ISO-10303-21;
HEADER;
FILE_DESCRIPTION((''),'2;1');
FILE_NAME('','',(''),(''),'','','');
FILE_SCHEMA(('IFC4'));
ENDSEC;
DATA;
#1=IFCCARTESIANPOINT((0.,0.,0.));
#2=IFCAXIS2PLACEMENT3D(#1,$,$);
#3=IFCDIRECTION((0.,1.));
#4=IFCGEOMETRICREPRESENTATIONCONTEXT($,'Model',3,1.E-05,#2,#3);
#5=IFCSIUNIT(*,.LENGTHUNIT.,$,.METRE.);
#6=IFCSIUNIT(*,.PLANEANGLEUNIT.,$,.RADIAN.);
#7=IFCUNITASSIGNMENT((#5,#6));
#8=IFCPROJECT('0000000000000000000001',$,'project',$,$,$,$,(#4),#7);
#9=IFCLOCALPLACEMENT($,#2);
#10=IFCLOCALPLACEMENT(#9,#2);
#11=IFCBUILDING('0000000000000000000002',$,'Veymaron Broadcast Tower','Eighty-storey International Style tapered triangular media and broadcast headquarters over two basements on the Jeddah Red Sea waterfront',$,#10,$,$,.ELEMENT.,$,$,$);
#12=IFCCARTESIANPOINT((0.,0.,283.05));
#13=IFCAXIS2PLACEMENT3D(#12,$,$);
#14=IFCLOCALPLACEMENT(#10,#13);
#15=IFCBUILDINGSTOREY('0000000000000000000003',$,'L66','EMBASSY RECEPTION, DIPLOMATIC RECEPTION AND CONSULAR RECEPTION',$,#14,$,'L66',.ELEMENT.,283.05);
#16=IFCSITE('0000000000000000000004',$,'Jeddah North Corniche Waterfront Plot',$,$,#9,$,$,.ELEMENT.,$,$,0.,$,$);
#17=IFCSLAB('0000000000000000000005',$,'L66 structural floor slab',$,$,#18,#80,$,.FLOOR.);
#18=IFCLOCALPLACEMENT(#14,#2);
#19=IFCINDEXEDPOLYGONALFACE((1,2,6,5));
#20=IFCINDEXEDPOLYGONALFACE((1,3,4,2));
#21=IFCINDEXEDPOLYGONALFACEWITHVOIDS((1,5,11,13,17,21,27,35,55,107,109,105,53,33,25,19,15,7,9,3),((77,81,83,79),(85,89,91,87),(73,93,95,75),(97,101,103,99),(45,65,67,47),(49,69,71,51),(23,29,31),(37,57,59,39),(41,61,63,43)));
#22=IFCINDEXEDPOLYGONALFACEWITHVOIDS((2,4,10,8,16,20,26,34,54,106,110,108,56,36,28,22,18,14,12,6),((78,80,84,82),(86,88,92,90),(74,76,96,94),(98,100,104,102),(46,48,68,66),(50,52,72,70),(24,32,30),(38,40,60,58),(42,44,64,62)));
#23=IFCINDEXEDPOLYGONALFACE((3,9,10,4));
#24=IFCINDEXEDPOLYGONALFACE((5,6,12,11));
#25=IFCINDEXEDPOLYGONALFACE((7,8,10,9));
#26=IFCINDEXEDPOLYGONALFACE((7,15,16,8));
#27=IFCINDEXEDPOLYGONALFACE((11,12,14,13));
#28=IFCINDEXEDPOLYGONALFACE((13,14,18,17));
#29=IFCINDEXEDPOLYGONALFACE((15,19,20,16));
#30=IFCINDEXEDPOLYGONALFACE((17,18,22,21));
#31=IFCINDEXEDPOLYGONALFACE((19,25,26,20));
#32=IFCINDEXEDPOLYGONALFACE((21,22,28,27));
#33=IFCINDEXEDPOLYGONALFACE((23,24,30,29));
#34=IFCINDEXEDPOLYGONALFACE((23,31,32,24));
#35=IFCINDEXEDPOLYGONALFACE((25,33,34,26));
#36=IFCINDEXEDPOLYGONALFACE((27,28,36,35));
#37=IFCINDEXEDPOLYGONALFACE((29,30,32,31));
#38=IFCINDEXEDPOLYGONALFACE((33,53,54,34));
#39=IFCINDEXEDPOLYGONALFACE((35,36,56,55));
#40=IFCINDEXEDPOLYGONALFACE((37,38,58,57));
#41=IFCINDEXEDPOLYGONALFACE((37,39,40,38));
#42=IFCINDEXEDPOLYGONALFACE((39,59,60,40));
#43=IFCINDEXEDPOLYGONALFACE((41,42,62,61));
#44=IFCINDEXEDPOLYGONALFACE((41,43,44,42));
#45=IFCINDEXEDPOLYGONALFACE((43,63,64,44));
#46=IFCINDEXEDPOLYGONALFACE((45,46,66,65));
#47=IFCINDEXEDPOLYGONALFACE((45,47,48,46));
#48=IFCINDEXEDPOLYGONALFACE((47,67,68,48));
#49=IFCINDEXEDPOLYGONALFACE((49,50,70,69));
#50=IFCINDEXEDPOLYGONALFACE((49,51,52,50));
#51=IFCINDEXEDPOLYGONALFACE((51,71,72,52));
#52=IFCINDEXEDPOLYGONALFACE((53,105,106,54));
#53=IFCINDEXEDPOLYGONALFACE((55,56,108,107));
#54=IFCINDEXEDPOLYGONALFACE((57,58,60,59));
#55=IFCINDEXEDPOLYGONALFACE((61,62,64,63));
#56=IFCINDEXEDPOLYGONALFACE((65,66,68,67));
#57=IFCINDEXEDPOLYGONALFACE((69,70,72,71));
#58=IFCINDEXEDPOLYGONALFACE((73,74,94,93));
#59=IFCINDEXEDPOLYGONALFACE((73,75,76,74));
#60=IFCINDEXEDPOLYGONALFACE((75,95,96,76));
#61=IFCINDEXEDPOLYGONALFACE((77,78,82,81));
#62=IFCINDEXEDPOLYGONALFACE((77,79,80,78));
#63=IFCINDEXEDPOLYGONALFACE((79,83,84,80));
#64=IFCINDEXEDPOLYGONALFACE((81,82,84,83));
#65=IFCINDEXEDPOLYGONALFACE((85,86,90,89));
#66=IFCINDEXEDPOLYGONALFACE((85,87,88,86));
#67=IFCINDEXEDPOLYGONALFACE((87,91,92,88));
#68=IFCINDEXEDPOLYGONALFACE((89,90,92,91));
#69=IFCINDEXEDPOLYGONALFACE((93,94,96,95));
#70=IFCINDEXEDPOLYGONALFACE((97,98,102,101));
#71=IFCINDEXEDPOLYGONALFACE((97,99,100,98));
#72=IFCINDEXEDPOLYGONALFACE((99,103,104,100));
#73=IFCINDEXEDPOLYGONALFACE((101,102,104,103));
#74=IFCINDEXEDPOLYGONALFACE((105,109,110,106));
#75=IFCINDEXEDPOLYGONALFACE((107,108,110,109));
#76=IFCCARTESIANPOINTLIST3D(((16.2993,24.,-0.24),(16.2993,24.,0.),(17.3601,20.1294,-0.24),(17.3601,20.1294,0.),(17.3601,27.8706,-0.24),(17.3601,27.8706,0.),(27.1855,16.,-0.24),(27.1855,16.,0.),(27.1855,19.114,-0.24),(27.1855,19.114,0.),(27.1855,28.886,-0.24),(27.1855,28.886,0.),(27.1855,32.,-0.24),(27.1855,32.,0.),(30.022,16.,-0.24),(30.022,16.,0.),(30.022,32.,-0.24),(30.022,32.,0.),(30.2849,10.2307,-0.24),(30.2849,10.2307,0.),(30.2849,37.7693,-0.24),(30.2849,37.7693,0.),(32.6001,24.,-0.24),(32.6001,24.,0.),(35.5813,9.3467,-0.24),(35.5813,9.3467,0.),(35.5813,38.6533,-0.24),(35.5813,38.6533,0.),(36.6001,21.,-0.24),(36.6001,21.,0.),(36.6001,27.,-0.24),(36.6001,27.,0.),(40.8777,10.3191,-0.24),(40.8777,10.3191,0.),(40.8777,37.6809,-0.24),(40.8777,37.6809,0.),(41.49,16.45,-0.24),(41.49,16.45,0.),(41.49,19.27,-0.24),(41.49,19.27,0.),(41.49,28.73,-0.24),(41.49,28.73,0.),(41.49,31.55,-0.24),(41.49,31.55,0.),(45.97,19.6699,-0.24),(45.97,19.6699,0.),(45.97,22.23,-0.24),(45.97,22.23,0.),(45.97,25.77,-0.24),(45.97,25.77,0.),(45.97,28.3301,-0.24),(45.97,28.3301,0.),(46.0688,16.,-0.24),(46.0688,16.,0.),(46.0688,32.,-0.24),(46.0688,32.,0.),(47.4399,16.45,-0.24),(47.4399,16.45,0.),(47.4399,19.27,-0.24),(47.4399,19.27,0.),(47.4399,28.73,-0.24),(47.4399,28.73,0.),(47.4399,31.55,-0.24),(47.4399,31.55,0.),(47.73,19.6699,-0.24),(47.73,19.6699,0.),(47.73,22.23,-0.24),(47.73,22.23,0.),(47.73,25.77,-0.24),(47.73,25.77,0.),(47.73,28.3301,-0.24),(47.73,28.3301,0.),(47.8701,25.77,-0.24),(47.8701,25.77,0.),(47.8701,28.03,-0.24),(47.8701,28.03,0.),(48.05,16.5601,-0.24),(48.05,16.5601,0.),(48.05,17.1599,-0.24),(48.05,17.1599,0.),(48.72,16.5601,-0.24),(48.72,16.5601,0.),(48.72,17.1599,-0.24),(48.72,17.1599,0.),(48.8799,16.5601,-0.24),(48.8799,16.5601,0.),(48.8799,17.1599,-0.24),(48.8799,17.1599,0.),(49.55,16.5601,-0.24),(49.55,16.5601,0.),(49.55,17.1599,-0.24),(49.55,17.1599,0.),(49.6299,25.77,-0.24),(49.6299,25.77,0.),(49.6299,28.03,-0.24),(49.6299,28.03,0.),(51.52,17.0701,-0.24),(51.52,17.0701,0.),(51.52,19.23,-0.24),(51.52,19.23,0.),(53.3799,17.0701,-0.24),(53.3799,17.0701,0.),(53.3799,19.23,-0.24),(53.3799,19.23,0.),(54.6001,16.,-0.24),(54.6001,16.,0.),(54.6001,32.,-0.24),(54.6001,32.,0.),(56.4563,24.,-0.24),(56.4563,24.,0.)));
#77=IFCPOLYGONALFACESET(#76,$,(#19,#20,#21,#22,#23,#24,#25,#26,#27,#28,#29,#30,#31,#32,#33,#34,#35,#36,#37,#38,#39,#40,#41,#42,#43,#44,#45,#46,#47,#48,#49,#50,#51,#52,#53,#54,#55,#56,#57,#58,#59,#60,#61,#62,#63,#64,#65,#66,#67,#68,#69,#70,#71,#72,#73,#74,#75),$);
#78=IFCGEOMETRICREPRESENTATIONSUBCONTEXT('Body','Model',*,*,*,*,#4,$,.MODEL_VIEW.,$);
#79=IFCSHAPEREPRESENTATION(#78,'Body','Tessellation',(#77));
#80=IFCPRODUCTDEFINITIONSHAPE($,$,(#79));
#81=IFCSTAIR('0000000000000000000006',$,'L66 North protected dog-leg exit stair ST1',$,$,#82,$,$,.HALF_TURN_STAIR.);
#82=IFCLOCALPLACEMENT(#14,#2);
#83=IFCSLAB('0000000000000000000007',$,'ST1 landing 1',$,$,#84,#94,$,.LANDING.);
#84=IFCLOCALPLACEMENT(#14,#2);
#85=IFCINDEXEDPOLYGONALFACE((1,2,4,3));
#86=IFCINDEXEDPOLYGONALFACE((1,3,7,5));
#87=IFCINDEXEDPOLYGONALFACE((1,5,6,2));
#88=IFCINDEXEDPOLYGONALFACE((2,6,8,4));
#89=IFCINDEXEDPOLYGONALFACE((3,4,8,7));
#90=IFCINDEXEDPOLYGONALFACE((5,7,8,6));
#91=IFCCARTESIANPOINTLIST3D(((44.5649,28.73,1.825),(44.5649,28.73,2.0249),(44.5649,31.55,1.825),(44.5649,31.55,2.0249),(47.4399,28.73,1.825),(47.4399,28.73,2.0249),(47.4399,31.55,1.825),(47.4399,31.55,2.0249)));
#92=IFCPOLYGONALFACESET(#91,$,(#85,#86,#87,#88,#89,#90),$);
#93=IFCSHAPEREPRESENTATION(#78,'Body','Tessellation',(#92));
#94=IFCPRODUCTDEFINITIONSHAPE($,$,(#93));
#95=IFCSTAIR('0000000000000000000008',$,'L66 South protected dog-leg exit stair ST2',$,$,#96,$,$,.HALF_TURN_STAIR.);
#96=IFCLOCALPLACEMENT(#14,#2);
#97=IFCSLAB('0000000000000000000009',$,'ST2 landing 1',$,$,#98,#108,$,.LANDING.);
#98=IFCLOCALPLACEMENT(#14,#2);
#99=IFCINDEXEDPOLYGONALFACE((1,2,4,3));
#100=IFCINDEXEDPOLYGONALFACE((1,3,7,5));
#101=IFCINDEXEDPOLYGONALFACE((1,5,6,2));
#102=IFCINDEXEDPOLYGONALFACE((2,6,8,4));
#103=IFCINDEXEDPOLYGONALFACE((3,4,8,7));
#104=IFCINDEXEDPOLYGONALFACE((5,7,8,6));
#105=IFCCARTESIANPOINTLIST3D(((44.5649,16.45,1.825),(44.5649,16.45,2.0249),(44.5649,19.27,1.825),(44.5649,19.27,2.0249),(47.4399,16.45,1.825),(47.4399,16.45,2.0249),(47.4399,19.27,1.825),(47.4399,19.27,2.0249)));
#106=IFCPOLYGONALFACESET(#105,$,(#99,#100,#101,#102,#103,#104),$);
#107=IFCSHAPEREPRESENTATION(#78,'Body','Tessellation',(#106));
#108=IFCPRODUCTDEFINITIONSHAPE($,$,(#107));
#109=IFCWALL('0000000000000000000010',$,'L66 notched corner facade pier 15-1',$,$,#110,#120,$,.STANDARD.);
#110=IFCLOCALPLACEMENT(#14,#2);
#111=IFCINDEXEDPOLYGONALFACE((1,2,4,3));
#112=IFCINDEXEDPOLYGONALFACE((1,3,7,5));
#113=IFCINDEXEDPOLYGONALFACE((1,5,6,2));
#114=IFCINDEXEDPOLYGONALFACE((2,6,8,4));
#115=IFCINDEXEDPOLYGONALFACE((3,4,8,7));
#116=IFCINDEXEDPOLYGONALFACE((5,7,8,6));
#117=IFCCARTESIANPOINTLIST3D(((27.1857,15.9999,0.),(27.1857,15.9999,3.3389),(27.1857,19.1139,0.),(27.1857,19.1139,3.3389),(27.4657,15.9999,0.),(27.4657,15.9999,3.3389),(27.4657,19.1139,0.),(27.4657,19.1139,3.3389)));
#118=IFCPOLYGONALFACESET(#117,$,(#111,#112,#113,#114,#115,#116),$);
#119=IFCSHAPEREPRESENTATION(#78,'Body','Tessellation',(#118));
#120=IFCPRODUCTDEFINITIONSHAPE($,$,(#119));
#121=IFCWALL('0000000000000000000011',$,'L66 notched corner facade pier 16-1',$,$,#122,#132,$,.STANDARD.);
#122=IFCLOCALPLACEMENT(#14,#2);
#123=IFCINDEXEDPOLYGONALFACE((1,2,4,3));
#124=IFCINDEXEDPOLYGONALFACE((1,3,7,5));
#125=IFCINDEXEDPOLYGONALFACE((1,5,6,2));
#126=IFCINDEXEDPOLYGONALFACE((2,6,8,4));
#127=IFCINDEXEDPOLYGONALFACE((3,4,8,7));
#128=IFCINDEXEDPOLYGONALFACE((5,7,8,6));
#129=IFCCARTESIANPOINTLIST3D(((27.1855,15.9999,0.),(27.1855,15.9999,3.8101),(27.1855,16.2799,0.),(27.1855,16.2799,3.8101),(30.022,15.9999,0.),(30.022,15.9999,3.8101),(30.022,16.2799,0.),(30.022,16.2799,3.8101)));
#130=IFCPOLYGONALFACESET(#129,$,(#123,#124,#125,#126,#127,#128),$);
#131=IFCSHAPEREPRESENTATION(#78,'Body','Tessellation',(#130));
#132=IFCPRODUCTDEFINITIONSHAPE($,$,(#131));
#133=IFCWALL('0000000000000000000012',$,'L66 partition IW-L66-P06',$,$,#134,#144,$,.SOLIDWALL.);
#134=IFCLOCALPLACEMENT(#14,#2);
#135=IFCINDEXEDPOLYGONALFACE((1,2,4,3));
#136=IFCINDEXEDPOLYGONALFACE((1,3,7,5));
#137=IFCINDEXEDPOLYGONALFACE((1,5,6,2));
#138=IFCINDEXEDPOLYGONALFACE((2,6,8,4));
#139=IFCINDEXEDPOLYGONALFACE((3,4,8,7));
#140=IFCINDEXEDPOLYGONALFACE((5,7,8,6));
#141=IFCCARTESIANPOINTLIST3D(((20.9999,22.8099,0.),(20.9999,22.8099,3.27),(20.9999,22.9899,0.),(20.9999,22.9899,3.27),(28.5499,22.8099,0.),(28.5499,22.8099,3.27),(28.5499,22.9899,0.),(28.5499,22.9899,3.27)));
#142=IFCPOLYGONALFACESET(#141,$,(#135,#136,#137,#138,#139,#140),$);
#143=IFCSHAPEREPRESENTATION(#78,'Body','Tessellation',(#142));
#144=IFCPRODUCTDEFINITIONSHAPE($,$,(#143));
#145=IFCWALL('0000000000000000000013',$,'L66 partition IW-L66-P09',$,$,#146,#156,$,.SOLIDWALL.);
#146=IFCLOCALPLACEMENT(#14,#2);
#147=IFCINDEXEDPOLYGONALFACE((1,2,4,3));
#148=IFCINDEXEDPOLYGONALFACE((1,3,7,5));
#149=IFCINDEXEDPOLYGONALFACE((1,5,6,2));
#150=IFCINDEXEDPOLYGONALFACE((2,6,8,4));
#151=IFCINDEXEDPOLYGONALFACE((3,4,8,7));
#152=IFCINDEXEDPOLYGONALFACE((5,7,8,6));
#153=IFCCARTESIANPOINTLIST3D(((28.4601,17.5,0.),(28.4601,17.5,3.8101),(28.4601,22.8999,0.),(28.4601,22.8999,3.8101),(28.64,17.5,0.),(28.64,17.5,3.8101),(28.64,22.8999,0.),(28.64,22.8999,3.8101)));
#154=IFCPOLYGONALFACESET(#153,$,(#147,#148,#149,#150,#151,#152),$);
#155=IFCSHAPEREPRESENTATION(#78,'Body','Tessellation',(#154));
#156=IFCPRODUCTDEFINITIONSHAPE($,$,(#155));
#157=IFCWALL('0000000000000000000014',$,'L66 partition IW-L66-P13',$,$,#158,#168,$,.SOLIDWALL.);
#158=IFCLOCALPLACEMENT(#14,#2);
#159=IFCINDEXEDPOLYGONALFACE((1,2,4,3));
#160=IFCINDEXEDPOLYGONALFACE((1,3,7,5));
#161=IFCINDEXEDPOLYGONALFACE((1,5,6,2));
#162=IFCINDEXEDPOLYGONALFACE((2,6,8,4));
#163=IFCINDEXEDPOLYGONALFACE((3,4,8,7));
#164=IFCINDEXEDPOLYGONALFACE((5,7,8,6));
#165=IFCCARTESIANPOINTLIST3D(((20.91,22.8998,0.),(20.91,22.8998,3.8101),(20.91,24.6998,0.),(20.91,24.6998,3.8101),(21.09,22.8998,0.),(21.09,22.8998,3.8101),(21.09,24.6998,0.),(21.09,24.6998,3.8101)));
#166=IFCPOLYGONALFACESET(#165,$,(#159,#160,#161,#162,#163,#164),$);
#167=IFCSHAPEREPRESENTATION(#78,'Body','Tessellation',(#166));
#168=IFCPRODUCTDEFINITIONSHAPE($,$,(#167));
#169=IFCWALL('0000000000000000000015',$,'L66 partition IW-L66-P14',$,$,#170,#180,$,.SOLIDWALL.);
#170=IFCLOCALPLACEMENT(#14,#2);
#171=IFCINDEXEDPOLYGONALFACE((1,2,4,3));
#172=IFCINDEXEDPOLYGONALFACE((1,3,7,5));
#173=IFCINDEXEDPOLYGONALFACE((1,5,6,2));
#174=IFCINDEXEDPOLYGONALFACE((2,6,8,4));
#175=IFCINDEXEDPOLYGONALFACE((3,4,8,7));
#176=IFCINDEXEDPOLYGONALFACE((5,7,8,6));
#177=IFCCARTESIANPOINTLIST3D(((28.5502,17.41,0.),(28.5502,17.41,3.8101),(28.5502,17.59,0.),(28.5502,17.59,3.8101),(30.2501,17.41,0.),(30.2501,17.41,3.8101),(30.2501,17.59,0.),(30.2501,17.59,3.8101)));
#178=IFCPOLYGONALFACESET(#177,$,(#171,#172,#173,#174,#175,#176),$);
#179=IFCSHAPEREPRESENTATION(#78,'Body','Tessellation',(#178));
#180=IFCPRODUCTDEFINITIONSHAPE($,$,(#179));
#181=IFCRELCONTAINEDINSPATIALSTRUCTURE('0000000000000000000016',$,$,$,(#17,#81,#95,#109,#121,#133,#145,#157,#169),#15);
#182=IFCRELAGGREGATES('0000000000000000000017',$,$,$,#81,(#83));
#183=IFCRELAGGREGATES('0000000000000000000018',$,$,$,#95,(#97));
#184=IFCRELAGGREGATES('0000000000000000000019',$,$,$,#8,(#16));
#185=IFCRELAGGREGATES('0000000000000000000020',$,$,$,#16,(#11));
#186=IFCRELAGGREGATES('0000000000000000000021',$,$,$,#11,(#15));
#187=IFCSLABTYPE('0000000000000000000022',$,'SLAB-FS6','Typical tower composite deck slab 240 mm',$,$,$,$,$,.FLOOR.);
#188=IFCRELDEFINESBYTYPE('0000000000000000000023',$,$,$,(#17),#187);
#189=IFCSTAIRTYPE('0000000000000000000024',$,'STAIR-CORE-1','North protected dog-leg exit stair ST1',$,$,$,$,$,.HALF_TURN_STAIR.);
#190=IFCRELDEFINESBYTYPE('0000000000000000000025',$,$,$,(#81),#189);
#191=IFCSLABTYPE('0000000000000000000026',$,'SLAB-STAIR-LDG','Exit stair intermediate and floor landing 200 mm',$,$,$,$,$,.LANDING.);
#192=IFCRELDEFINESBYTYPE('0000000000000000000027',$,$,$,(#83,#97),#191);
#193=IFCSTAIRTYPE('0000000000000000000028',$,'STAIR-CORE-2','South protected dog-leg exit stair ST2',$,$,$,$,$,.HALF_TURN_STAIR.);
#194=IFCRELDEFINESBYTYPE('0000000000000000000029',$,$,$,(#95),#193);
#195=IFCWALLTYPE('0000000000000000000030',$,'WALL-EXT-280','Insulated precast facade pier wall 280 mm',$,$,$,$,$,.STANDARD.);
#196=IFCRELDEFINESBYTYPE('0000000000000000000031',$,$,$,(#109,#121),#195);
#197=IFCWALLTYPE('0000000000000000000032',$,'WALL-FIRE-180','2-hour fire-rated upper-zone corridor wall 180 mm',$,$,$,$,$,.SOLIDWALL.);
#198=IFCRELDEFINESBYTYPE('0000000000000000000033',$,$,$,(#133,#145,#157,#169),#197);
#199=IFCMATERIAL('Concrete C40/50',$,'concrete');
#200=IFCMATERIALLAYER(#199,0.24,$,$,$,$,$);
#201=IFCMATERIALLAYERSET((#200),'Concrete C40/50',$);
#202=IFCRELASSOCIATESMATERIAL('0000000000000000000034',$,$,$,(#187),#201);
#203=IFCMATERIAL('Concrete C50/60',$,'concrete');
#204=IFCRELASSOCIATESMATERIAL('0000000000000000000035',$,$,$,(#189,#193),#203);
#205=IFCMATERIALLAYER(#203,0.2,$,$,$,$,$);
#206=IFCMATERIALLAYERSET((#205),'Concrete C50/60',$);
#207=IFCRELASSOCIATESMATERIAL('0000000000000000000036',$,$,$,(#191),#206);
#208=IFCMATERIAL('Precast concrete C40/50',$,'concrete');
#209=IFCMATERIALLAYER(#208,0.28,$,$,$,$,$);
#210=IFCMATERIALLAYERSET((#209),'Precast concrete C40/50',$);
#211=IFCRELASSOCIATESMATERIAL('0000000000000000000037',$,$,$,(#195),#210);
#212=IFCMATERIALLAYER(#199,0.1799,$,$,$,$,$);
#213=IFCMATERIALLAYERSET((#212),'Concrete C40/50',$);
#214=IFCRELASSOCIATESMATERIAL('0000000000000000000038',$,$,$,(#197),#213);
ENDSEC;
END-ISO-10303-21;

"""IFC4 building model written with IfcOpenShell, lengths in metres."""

from ifc_helpers import new_model, si_unit, direction, frame, frame_2d, origin, place, context, subcontext, project, spatial, polyline, rectangle, outline, extrude, material, layer, layer_set, type_object, element, aggregate, save


model = new_model("IFC4")

# Units and contexts
model_context = context("Model", 3, precision=1e-05, world=origin(), true_north=direction((0.0, 1.0)))
body_context = subcontext(model_context, "Body", "Model", "MODEL_VIEW")
ifc_project = project(units=[si_unit("LENGTHUNIT", "METRE"), si_unit("PLANEANGLEUNIT", "RADIAN")], contexts=[model_context])

# Site, building, storey
site_placement = place(None, origin())
site = spatial("IfcSite", under=ifc_project, at=site_placement, Name="Jeddah North Corniche Waterfront Plot", CompositionType="ELEMENT", RefElevation=0.0)
building_placement = place(site_placement, origin())
building = spatial("IfcBuilding", under=site, at=building_placement, Name="Veymaron Broadcast Tower", Description="Eighty-storey International Style tapered triangular media and broadcast headquarters over two basements on the Jeddah Red Sea waterfront", CompositionType="ELEMENT")
storey_placement = place(building_placement, frame((0.0, 0.0, 283.05)))
storey = spatial("IfcBuildingStorey", under=building, at=storey_placement, Name="L66", Description="EMBASSY RECEPTION, DIPLOMATIC RECEPTION AND CONSULAR RECEPTION", LongName="L66", CompositionType="ELEMENT", Elevation=283.05)

# Slab
ifc_material_1 = material(Name="Concrete C40/50", Category="concrete")
ifc_layer_1 = layer(ifc_material_1, 0.24)
ifc_layer_set_1 = layer_set([ifc_layer_1], Name="Concrete C40/50")
slab_type_1 = type_object("IfcSlabType", Name="SLAB-FS6", Description="Typical tower composite deck slab 240 mm", PredefinedType="FLOOR", material=ifc_layer_set_1)
slab_1_placement = place(storey_placement, frame((0.0, 0.0, -0.24)))
element("IfcSlab", 1, at=slab_1_placement, inside=storey, type_object=slab_type_1, Name="L66 structural floor slab", PredefinedType="FLOOR", context=body_context, shape_type="SweptSolid", body=[
    extrude(outline(polyline([(46.0688, 16.0), (54.6001, 16.0), (56.4563, 24.0), (54.6001, 32.0), (46.0688, 32.0), (40.8777, 37.6809), (35.5813, 38.6533), (30.2849, 37.7693), (30.022, 32.0), (27.1855, 32.0), (27.1855, 28.886), (17.3601, 27.8706), (16.2993, 24.0), (17.3601, 20.1294), (27.1855, 19.114), (27.1855, 16.0), (30.022, 16.0), (30.2849, 10.2307), (35.5813, 9.3467), (40.8777, 10.3191), (46.0688, 16.0)]), holes=[polyline([(45.97, 28.3301), (47.73, 28.3301), (47.73, 25.77), (45.97, 25.77), (45.97, 28.3301)]), polyline([(45.97, 22.23), (47.73, 22.23), (47.73, 19.6699), (45.97, 19.6699), (45.97, 22.23)]), polyline([(47.8701, 28.03), (49.6299, 28.03), (49.6299, 25.77), (47.8701, 25.77), (47.8701, 28.03)]), polyline([(51.52, 19.23), (53.3799, 19.23), (53.3799, 17.0701), (51.52, 17.0701), (51.52, 19.23)]), polyline([(48.05, 17.1599), (48.72, 17.1599), (48.72, 16.5601), (48.05, 16.5601), (48.05, 17.1599)]), polyline([(48.8799, 17.1599), (49.55, 17.1599), (49.55, 16.5601), (48.8799, 16.5601), (48.8799, 17.1599)]), polyline([(36.6001, 27.0), (36.6001, 21.0), (32.6001, 24.0), (36.6001, 27.0)]), polyline([(41.49, 31.55), (47.4399, 31.55), (47.4399, 28.73), (41.49, 28.73), (41.49, 31.55)]), polyline([(41.49, 19.27), (47.4399, 19.27), (47.4399, 16.45), (41.49, 16.45), (41.49, 19.27)])]), origin(), (0.0, 0.0, 1.0), 0.24),
])

# Stairs, slabs
ifc_material_2 = material(Name="Concrete C50/60", Category="concrete")
stair_type_1 = type_object("IfcStairType", Name="STAIR-CORE-1", Description="North protected dog-leg exit stair ST1", PredefinedType="HALF_TURN_STAIR", material=ifc_material_2)
stair_1_placement = place(storey_placement, origin())
stair_1 = element("IfcStair", 2, at=stair_1_placement, inside=storey, type_object=stair_type_1, Name="L66 North protected dog-leg exit stair ST1", PredefinedType="HALF_TURN_STAIR")
ifc_layer_2 = layer(ifc_material_2, 0.2)
ifc_layer_set_2 = layer_set([ifc_layer_2], Name="Concrete C50/60")
slab_type_2 = type_object("IfcSlabType", Name="SLAB-STAIR-LDG", Description="Exit stair intermediate and floor landing 200 mm", PredefinedType="LANDING", material=ifc_layer_set_2)
slab_2_placement = place(storey_placement, frame((0.0, 0.0, 1.825)))
slab_2 = element("IfcSlab", 3, at=slab_2_placement, type_object=slab_type_2, Name="ST1 landing 1", PredefinedType="LANDING", context=body_context, shape_type="SweptSolid", body=[
    extrude(outline(polyline([(44.5649, 28.73), (47.4399, 28.73), (47.4399, 31.55), (44.5649, 31.55), (44.5649, 28.73)])), origin(), (0.0, 0.0, 1.0), 0.2),
])
aggregate(stair_1, [slab_2])
stair_type_2 = type_object("IfcStairType", Name="STAIR-CORE-2", Description="South protected dog-leg exit stair ST2", PredefinedType="HALF_TURN_STAIR", material=ifc_material_2)
stair_2_placement = place(storey_placement, origin())
stair_2 = element("IfcStair", 4, at=stair_2_placement, inside=storey, type_object=stair_type_2, Name="L66 South protected dog-leg exit stair ST2", PredefinedType="HALF_TURN_STAIR")
slab_3_placement = place(storey_placement, frame((0.0, 0.0, 1.825)))
slab_3 = element("IfcSlab", 5, at=slab_3_placement, type_object=slab_type_2, Name="ST2 landing 1", PredefinedType="LANDING", context=body_context, shape_type="SweptSolid", body=[
    extrude(outline(polyline([(44.5649, 16.45), (47.4399, 16.45), (47.4399, 19.27), (44.5649, 19.27), (44.5649, 16.45)])), origin(), (0.0, 0.0, 1.0), 0.2),
])
aggregate(stair_2, [slab_3])

# Walls
ifc_material_3 = material(Name="Precast concrete C40/50", Category="concrete")
ifc_layer_3 = layer(ifc_material_3, 0.28)
ifc_layer_set_3 = layer_set([ifc_layer_3], Name="Precast concrete C40/50")
wall_type_1 = type_object("IfcWallType", Name="WALL-EXT-280", Description="Insulated precast facade pier wall 280 mm", PredefinedType="STANDARD", material=ifc_layer_set_3)
wall_1_placement = place(storey_placement, frame((27.3257, 19.114, 0.0), z_axis=(0.0, 0.0, 1.0), x_axis=(0.0, -1.0, 0.0)))
element("IfcWall", 6, at=wall_1_placement, inside=storey, type_object=wall_type_1, Name="L66 notched corner facade pier 15-1", PredefinedType="STANDARD", context=body_context, shape_type="SweptSolid", body=[
    extrude(rectangle(XDim=3.114, YDim=0.28, at=frame_2d((1.5571, 0.0))), origin(), (0.0, 0.0, 1.0), 3.3389),
])
wall_2_placement = place(storey_placement, frame((27.1855, 16.1399, 0.0), z_axis=(0.0, 0.0, 1.0), x_axis=(1.0, 0.0, 0.0)))
element("IfcWall", 7, at=wall_2_placement, inside=storey, type_object=wall_type_1, Name="L66 notched corner facade pier 16-1", PredefinedType="STANDARD", context=body_context, shape_type="SweptSolid", body=[
    extrude(rectangle(XDim=2.8364, YDim=0.28, at=frame_2d((1.4182, 0.0))), origin(), (0.0, 0.0, 1.0), 3.8101),
])
ifc_layer_4 = layer(ifc_material_1, 0.1799)
ifc_layer_set_4 = layer_set([ifc_layer_4], Name="Concrete C40/50")
wall_type_2 = type_object("IfcWallType", Name="WALL-FIRE-180", Description="2-hour fire-rated upper-zone corridor wall 180 mm", PredefinedType="SOLIDWALL", material=ifc_layer_set_4)
wall_3_placement = place(storey_placement, frame((21.0, 22.8999, 0.0), z_axis=(0.0, 0.0, 1.0), x_axis=(1.0, 0.0, 0.0)))
element("IfcWall", 8, at=wall_3_placement, inside=storey, type_object=wall_type_2, Name="L66 partition IW-L66-P06", PredefinedType="SOLIDWALL", context=body_context, shape_type="SweptSolid", body=[
    extrude(rectangle(XDim=7.55, YDim=0.1799, at=frame_2d((3.7749, 0.0))), origin(), (0.0, 0.0, 1.0), 3.27),
])
wall_4_placement = place(storey_placement, frame((28.55, 17.5, 0.0), z_axis=(0.0, 0.0, 1.0), x_axis=(0.0, 1.0, 0.0)))
element("IfcWall", 9, at=wall_4_placement, inside=storey, type_object=wall_type_2, Name="L66 partition IW-L66-P09", PredefinedType="SOLIDWALL", context=body_context, shape_type="SweptSolid", body=[
    extrude(rectangle(XDim=5.3999, YDim=0.1799, at=frame_2d((2.7, 0.0))), origin(), (0.0, 0.0, 1.0), 3.8101),
])
wall_5_placement = place(storey_placement, frame((21.0, 22.8999, 0.0), z_axis=(0.0, 0.0, 1.0), x_axis=(0.0, 1.0, 0.0)))
element("IfcWall", 10, at=wall_5_placement, inside=storey, type_object=wall_type_2, Name="L66 partition IW-L66-P13", PredefinedType="SOLIDWALL", context=body_context, shape_type="SweptSolid", body=[
    extrude(rectangle(XDim=1.8, YDim=0.1799, at=frame_2d((0.8999, 0.0))), origin(), (0.0, 0.0, 1.0), 3.8101),
])
wall_6_placement = place(storey_placement, frame((28.55, 17.5, 0.0), z_axis=(0.0, 0.0, 1.0), x_axis=(1.0, 0.0, 0.0)))
element("IfcWall", 11, at=wall_6_placement, inside=storey, type_object=wall_type_2, Name="L66 partition IW-L66-P14", PredefinedType="SOLIDWALL", context=body_context, shape_type="SweptSolid", body=[
    extrude(rectangle(XDim=1.7, YDim=0.1799, at=frame_2d((0.8501, 0.0))), origin(), (0.0, 0.0, 1.0), 3.8101),
])

save(model, "model.ifc")
